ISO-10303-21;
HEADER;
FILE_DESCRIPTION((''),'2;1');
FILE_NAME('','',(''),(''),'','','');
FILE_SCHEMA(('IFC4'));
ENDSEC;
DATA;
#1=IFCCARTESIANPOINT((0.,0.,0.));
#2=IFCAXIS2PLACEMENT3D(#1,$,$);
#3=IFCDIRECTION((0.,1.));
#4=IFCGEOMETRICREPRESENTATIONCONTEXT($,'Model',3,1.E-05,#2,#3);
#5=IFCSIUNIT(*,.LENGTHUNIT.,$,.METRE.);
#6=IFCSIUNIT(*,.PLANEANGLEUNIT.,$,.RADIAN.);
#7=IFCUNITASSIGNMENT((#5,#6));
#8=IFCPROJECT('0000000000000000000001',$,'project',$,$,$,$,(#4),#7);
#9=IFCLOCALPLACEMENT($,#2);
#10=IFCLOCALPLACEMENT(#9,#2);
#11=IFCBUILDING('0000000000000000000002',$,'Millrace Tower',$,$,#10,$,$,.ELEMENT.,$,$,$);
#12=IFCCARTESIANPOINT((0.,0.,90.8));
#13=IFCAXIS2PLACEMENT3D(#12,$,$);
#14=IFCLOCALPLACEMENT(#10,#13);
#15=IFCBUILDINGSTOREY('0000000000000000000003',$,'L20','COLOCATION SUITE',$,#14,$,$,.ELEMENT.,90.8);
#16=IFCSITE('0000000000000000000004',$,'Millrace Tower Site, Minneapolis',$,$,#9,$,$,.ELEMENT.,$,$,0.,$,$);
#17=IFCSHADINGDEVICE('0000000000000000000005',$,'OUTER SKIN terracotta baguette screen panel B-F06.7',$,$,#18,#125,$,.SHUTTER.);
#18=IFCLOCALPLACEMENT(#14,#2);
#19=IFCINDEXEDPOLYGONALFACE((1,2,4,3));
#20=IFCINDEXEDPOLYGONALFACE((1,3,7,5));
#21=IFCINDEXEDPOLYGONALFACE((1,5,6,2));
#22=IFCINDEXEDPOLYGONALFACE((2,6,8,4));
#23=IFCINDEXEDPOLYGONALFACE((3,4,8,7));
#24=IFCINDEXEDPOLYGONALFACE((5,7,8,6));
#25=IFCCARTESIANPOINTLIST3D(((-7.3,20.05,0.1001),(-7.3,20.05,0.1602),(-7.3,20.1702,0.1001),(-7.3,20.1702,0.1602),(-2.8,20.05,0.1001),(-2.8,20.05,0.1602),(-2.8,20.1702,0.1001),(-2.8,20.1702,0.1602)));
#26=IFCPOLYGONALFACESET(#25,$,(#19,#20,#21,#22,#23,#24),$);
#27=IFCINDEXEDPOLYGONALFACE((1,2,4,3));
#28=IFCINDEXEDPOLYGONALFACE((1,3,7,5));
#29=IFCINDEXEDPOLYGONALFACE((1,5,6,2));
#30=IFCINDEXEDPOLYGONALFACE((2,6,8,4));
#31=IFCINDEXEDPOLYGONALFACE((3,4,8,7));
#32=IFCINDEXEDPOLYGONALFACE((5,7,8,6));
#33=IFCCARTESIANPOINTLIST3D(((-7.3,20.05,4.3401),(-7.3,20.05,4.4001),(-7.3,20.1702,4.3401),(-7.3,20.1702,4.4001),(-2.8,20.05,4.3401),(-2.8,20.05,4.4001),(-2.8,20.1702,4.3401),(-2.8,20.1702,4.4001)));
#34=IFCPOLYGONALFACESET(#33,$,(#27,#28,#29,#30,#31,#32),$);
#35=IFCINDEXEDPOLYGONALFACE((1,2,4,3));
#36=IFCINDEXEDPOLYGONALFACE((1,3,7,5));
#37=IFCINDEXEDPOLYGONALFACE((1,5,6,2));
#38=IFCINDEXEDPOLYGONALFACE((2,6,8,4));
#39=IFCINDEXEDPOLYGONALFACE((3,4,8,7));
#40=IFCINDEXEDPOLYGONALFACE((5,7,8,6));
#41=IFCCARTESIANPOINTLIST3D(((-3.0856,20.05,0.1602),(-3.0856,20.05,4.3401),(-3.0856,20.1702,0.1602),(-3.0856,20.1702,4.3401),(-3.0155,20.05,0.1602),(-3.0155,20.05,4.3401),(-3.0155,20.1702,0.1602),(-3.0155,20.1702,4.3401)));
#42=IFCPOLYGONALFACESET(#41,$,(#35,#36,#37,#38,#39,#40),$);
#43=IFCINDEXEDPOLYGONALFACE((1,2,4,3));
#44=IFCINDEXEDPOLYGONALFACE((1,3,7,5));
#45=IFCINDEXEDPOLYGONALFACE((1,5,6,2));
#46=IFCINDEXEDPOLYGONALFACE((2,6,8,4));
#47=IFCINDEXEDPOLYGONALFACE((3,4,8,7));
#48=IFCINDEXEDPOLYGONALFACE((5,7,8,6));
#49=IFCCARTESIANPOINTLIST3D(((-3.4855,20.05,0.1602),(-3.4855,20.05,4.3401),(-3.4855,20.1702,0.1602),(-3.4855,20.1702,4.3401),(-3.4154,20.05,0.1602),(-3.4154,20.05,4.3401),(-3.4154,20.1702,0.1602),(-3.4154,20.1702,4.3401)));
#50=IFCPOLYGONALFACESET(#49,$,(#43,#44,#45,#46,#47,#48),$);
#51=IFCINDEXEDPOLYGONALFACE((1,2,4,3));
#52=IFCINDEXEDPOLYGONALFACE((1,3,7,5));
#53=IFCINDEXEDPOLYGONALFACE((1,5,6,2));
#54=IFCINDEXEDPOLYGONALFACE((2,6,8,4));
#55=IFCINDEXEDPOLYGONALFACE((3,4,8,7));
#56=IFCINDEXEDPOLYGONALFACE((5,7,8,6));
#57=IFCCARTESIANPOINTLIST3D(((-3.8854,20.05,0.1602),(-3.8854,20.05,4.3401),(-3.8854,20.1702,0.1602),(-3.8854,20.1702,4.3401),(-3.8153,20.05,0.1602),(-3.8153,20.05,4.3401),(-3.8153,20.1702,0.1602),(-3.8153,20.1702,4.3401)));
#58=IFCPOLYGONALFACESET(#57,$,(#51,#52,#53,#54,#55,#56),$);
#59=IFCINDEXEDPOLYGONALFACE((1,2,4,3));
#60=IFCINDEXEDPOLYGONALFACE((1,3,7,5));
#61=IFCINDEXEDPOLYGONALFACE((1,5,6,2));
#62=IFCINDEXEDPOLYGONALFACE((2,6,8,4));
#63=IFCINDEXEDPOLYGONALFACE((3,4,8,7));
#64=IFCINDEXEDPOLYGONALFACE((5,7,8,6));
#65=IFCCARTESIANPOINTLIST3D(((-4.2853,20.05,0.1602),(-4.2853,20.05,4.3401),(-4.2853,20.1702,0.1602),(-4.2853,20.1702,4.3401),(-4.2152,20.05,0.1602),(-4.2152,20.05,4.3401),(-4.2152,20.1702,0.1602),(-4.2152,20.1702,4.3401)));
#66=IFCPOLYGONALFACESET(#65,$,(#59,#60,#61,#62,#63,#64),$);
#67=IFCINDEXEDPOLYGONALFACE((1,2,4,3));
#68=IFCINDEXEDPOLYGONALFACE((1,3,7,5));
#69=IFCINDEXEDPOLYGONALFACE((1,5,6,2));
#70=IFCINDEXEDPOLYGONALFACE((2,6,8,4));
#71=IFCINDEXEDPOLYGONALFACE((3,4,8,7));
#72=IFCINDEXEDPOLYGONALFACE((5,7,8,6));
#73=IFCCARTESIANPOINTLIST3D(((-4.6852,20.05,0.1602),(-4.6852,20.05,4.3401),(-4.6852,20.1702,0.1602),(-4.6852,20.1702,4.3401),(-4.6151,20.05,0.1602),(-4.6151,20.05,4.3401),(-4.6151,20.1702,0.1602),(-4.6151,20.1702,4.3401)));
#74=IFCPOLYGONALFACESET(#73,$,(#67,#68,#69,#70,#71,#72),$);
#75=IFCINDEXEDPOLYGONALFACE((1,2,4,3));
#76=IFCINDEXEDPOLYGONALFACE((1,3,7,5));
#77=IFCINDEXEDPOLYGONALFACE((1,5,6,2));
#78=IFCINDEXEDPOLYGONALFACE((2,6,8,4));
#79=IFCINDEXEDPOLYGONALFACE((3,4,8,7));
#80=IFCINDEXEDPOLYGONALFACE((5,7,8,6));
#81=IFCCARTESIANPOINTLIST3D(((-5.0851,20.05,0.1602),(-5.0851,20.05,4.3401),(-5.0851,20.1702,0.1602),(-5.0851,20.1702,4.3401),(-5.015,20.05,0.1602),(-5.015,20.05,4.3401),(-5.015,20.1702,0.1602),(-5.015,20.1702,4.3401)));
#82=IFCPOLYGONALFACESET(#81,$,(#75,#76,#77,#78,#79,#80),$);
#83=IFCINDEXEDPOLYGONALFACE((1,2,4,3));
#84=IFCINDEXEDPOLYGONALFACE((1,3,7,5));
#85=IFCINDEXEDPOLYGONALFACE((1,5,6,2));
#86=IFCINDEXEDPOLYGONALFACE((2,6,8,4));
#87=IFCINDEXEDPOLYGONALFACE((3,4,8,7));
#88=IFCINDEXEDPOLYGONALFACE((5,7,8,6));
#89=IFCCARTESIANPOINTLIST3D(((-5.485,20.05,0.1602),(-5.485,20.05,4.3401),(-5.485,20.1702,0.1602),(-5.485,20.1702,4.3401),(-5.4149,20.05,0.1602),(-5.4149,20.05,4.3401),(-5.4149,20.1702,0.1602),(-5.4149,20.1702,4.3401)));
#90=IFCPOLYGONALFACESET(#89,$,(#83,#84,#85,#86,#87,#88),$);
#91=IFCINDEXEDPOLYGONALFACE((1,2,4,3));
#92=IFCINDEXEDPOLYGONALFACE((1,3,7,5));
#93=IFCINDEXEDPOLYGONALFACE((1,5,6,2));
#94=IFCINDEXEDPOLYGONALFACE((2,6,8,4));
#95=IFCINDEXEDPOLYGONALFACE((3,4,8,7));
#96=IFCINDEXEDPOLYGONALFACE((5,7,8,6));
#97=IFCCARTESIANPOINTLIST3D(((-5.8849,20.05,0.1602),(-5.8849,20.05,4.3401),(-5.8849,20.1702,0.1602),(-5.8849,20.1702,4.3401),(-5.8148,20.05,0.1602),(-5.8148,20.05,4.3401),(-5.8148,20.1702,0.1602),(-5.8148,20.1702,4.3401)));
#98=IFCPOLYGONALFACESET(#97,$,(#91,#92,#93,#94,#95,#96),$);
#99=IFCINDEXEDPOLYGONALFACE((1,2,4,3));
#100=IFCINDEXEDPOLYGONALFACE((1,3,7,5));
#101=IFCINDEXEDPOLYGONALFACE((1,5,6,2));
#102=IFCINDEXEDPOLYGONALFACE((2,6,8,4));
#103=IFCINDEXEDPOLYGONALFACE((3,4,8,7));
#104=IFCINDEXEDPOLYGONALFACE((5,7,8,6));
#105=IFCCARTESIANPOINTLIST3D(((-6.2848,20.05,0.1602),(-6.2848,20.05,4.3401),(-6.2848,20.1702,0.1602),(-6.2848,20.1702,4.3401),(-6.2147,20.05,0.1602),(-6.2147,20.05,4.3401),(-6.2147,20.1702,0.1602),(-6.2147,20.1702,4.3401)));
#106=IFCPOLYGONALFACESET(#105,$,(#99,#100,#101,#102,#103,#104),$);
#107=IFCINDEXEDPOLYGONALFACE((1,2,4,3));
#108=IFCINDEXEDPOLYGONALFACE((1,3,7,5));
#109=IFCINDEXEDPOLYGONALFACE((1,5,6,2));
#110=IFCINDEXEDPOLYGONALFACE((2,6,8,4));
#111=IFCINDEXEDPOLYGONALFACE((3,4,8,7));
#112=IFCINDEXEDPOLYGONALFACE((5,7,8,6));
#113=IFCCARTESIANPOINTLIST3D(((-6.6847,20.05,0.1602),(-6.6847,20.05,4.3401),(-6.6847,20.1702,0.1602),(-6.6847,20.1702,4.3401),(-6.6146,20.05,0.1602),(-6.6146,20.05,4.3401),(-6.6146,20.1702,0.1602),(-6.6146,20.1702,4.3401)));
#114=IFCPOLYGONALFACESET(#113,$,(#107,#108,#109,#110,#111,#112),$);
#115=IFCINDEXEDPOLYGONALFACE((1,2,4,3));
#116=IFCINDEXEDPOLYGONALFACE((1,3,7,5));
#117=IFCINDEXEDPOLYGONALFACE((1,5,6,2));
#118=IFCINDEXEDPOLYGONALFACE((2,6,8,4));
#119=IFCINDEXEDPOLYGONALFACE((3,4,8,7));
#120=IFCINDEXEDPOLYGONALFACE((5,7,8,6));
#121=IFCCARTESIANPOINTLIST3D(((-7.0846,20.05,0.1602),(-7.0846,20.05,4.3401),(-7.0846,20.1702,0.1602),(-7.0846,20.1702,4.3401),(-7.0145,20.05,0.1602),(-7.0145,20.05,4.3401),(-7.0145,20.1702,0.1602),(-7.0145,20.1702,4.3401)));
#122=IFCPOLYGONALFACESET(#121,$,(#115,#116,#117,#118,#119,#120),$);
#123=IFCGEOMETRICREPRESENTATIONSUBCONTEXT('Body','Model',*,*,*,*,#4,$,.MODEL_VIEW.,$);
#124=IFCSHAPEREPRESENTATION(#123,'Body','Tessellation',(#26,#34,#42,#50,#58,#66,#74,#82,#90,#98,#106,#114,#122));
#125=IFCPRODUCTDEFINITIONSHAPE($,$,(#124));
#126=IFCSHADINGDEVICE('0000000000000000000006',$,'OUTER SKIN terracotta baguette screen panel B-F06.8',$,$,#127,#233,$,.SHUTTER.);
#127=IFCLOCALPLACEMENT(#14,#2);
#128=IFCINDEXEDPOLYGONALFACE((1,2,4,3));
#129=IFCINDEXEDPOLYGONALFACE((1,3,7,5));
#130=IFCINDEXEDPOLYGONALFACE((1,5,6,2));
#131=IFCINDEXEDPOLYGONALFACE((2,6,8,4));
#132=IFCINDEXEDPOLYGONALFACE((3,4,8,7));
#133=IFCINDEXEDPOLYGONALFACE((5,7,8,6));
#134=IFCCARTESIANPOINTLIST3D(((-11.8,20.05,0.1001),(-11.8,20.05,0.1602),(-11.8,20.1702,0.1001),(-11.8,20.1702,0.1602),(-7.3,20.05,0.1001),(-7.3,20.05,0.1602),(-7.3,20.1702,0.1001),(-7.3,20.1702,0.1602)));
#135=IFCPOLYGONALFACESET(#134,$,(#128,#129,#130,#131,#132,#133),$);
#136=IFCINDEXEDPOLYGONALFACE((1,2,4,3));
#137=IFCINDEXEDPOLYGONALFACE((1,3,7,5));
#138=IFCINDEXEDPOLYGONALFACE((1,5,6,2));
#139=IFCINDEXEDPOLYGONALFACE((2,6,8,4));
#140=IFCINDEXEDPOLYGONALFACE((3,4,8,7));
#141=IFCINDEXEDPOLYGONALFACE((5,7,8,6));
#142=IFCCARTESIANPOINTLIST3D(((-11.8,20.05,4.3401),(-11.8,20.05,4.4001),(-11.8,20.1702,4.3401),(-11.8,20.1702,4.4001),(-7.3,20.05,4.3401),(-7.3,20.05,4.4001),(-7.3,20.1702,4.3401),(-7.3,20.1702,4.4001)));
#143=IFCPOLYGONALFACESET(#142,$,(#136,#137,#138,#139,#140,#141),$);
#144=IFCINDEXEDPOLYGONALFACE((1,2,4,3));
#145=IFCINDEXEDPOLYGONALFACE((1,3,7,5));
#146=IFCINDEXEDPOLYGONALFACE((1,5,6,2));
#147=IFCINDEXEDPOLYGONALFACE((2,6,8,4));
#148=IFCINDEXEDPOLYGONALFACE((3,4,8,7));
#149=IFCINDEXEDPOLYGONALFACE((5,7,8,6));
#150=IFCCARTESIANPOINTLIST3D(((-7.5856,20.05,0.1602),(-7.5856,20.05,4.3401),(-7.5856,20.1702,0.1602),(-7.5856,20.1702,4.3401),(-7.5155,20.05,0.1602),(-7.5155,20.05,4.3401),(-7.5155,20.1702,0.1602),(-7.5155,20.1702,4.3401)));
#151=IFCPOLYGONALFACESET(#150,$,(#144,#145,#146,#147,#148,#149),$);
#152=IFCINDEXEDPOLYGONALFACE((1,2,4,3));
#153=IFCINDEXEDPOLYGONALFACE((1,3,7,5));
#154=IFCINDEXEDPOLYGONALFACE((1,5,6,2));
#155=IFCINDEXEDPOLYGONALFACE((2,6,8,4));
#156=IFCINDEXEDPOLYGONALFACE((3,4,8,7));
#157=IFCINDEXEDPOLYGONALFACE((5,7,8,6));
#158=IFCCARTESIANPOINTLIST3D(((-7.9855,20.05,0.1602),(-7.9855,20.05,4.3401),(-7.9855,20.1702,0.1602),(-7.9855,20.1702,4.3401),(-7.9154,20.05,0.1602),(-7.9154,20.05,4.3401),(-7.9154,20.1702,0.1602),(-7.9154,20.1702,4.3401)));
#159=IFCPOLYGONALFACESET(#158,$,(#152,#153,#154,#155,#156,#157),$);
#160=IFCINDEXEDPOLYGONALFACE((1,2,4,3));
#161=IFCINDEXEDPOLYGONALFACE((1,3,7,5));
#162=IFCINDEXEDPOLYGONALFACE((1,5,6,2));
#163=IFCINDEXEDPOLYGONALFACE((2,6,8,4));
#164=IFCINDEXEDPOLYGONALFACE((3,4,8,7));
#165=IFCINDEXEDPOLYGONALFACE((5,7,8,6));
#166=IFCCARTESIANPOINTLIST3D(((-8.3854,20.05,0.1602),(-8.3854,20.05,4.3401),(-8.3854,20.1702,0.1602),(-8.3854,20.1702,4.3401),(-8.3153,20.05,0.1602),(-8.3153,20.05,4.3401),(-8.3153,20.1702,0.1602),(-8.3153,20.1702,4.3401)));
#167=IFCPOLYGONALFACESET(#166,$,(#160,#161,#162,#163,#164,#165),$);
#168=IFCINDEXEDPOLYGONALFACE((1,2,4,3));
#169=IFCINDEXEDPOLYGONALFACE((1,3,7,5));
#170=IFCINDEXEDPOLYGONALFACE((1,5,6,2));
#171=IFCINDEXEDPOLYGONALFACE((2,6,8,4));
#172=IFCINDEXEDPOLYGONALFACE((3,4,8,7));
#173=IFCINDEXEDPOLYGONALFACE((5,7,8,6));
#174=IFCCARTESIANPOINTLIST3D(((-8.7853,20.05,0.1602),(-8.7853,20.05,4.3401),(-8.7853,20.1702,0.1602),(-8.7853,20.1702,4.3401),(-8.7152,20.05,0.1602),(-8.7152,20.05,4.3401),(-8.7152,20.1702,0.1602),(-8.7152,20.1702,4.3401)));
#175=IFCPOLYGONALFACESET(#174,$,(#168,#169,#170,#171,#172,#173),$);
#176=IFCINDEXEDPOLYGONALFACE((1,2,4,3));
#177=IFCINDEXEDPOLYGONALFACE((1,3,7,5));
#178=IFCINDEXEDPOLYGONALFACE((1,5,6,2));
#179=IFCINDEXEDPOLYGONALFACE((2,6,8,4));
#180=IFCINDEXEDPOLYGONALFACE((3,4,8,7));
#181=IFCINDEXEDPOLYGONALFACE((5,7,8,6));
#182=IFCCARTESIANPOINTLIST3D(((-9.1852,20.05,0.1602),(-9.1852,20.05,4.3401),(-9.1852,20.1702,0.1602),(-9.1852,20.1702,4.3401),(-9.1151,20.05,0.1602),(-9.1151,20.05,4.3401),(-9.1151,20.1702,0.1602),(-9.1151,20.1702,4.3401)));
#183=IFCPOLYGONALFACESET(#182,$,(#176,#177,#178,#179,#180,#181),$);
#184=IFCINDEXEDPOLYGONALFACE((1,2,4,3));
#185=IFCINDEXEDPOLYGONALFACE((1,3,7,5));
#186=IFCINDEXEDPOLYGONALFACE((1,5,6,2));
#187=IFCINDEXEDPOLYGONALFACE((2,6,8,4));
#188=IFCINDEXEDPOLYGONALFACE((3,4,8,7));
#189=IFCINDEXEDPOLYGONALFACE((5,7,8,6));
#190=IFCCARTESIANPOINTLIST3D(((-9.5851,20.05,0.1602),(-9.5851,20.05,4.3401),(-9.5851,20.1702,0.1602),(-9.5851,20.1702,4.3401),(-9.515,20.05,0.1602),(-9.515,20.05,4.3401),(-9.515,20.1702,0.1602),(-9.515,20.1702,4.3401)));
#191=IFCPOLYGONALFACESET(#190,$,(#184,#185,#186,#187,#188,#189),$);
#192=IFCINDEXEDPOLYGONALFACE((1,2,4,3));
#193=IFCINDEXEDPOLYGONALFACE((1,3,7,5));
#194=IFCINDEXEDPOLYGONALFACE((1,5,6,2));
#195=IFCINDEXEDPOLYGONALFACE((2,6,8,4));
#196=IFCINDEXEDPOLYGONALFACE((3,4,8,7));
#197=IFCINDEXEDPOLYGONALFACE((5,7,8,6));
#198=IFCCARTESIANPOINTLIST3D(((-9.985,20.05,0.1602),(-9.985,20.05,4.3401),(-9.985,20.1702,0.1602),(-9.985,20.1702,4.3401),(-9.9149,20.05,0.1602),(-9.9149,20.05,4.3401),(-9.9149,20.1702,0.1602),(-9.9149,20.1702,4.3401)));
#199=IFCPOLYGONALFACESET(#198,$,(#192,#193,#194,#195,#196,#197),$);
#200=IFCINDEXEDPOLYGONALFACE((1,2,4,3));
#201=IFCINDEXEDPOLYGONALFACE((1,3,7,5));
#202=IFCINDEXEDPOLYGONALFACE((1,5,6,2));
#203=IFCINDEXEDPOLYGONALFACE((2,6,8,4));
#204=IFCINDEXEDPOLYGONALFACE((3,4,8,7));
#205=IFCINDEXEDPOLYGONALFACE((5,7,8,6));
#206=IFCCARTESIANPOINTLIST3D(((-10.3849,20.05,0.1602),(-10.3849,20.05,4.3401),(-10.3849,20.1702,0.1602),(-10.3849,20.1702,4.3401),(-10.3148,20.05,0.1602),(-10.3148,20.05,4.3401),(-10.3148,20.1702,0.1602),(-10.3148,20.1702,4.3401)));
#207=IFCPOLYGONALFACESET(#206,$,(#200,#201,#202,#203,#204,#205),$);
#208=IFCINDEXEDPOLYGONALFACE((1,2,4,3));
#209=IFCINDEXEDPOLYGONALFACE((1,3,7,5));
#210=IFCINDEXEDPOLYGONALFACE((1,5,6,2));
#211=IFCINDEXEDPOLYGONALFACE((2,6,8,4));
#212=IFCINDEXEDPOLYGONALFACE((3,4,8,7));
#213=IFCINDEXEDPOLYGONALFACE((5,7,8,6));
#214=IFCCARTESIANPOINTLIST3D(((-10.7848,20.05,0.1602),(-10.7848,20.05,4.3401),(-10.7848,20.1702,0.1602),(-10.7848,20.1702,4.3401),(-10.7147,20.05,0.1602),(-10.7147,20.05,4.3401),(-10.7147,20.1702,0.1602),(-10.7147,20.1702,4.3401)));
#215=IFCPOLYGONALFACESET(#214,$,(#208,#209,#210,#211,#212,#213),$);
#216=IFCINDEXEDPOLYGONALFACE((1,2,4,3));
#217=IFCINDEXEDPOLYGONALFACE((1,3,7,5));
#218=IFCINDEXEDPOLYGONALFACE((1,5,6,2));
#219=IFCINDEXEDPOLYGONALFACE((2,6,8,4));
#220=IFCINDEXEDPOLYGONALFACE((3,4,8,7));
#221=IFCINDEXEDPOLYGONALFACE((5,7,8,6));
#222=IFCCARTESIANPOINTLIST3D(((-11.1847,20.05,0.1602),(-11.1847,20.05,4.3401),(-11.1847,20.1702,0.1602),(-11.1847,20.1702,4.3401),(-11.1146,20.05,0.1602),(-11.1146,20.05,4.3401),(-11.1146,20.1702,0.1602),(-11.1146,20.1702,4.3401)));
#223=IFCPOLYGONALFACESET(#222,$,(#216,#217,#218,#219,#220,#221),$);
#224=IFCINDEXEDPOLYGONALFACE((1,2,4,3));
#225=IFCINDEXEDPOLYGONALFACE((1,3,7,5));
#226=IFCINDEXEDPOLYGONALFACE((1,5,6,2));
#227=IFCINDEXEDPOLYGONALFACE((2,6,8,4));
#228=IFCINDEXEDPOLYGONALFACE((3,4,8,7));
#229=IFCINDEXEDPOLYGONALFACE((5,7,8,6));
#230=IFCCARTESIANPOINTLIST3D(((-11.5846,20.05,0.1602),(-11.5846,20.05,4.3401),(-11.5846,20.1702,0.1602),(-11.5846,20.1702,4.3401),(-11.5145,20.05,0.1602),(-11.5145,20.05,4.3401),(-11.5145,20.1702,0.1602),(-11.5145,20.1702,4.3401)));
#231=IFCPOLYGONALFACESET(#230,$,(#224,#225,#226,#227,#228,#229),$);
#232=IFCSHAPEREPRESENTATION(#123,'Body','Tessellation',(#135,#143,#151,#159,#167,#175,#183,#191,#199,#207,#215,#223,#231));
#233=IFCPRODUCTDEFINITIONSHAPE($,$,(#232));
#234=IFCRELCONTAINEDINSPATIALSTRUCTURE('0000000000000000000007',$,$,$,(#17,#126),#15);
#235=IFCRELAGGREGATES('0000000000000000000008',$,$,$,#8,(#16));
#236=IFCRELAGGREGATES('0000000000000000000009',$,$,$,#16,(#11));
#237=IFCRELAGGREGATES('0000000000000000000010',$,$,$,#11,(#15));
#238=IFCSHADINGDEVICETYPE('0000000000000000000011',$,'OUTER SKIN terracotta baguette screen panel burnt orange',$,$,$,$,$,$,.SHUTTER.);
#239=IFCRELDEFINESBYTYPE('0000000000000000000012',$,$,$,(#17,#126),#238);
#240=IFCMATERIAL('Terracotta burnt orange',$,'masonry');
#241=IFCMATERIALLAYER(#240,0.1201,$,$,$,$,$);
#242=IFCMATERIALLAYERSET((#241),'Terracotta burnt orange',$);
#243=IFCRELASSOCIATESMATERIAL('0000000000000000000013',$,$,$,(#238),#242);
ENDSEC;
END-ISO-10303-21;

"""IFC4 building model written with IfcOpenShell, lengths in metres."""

from ifc_helpers import new_model, entity, si_unit, direction, frame, frame_2d, origin, origin_2d, place, context, subcontext, project, spatial, rectangle, extrude, source, transform, mapped, material, layer, layer_set, type_object, element, save


model = new_model("IFC4")

# Units and contexts
model_context = context("Model", 3, precision=1e-05, world=origin(), true_north=direction((0.0, 1.0)))
body_context = subcontext(model_context, "Body", "Model", "MODEL_VIEW")
ifc_project = project(units=[si_unit("LENGTHUNIT", "METRE"), si_unit("PLANEANGLEUNIT", "RADIAN")], contexts=[model_context])

# Site, building, storey
site_placement = place(None, origin())
site = spatial("IfcSite", under=ifc_project, at=site_placement, Name="Millrace Tower Site, Minneapolis", CompositionType="ELEMENT", RefElevation=0.0)
building_placement = place(site_placement, origin())
building = spatial("IfcBuilding", under=site, at=building_placement, Name="Millrace Tower", CompositionType="ELEMENT")
storey_placement = place(building_placement, frame((0.0, 0.0, 90.8)))
storey = spatial("IfcBuildingStorey", under=building, at=storey_placement, Name="L20", Description="COLOCATION SUITE", CompositionType="ELEMENT", Elevation=90.8)

# Shading devices
ifc_material_1 = material(Name="Terracotta burnt orange", Category="masonry")
ifc_layer_1 = layer(ifc_material_1, 0.1201)
ifc_layer_set_1 = layer_set([ifc_layer_1], Name="Terracotta burnt orange")
shading_device_type = type_object("IfcShadingDeviceType", Name="OUTER SKIN terracotta baguette screen panel burnt orange", PredefinedType="SHUTTER", material=ifc_layer_set_1)
cartesian_point = entity("IfcCartesianPoint", [-2.25, 0.0601])
shared_polyline = entity("IfcPolyline", [cartesian_point, entity("IfcCartesianPoint", [2.25, 0.0601]), entity("IfcCartesianPoint", [2.25, -0.0601]), entity("IfcCartesianPoint", [-2.25, -0.0601]), cartesian_point])
shared_shape = source(origin(), body_context, "Body", "SweptSolid", [
    entity("IfcExtrudedAreaSolid", entity("IfcArbitraryClosedProfileDef", "AREA", None, shared_polyline), entity("IfcAxis2Placement3D", entity("IfcCartesianPoint", [0.0, 0.0, 0.0])), entity("IfcDirection", [0.0, 0.0, 1.0]), 0.0601),
    entity("IfcExtrudedAreaSolid", entity("IfcArbitraryClosedProfileDef", "AREA", None, shared_polyline), entity("IfcAxis2Placement3D", entity("IfcCartesianPoint", [0.0, 0.0, 4.24])), entity("IfcDirection", [0.0, 0.0, 1.0]), 0.0601),
    extrude(rectangle(XDim=0.0701, YDim=0.1201, at=frame_2d((-1.9995, 0.0))), frame((0.0, 0.0, 0.0601)), (0.0, 0.0, 1.0), 4.1799),
    extrude(rectangle(XDim=0.0701, YDim=0.1201, at=frame_2d((-1.5996, 0.0))), frame((0.0, 0.0, 0.0601)), (0.0, 0.0, 1.0), 4.1799),
    extrude(rectangle(XDim=0.0701, YDim=0.1201, at=frame_2d((-1.1997, 0.0))), frame((0.0, 0.0, 0.0601)), (0.0, 0.0, 1.0), 4.1799),
    extrude(rectangle(XDim=0.0701, YDim=0.1201, at=frame_2d((-0.7998, 0.0))), frame((0.0, 0.0, 0.0601)), (0.0, 0.0, 1.0), 4.1799),
    extrude(rectangle(XDim=0.0701, YDim=0.1201, at=frame_2d((-0.3999, 0.0))), frame((0.0, 0.0, 0.0601)), (0.0, 0.0, 1.0), 4.1799),
    extrude(rectangle(XDim=0.0701, YDim=0.1201, at=origin_2d()), frame((0.0, 0.0, 0.0601)), (0.0, 0.0, 1.0), 4.1799),
    extrude(rectangle(XDim=0.0701, YDim=0.1201, at=frame_2d((0.3999, 0.0))), frame((0.0, 0.0, 0.0601)), (0.0, 0.0, 1.0), 4.1799),
    extrude(rectangle(XDim=0.0701, YDim=0.1201, at=frame_2d((0.7998, 0.0))), frame((0.0, 0.0, 0.0601)), (0.0, 0.0, 1.0), 4.1799),
    extrude(rectangle(XDim=0.0701, YDim=0.1201, at=frame_2d((1.1997, 0.0))), frame((0.0, 0.0, 0.0601)), (0.0, 0.0, 1.0), 4.1799),
    extrude(rectangle(XDim=0.0701, YDim=0.1201, at=frame_2d((1.5996, 0.0))), frame((0.0, 0.0, 0.0601)), (0.0, 0.0, 1.0), 4.1799),
    extrude(rectangle(XDim=0.0701, YDim=0.1201, at=frame_2d((1.9995, 0.0))), frame((0.0, 0.0, 0.0601)), (0.0, 0.0, 1.0), 4.1799),
])
for number, where, z_axis, x_axis, name in (
    (1, (-5.05, 20.1101, 0.1001), (0.0, 0.0, 1.0), (-1.0, 0.0, 0.0), "OUTER SKIN terracotta baguette screen panel B-F06.7"),
    (2, (-9.55, 20.1101, 0.1001), (0.0, 0.0, 1.0), (-1.0, 0.0, 0.0), "OUTER SKIN terracotta baguette screen panel B-F06.8"),
):
    element("IfcShadingDevice", number, at=place(storey_placement, frame(where, z_axis=z_axis, x_axis=x_axis)), inside=storey, type_object=shading_device_type, Name=name, PredefinedType="SHUTTER", context=body_context, shape_type="MappedRepresentation", body=[
        mapped(shared_shape, transform((0.0, 0.0, 0.0), scale=1.0)),
    ])

save(model, "model.ifc")
